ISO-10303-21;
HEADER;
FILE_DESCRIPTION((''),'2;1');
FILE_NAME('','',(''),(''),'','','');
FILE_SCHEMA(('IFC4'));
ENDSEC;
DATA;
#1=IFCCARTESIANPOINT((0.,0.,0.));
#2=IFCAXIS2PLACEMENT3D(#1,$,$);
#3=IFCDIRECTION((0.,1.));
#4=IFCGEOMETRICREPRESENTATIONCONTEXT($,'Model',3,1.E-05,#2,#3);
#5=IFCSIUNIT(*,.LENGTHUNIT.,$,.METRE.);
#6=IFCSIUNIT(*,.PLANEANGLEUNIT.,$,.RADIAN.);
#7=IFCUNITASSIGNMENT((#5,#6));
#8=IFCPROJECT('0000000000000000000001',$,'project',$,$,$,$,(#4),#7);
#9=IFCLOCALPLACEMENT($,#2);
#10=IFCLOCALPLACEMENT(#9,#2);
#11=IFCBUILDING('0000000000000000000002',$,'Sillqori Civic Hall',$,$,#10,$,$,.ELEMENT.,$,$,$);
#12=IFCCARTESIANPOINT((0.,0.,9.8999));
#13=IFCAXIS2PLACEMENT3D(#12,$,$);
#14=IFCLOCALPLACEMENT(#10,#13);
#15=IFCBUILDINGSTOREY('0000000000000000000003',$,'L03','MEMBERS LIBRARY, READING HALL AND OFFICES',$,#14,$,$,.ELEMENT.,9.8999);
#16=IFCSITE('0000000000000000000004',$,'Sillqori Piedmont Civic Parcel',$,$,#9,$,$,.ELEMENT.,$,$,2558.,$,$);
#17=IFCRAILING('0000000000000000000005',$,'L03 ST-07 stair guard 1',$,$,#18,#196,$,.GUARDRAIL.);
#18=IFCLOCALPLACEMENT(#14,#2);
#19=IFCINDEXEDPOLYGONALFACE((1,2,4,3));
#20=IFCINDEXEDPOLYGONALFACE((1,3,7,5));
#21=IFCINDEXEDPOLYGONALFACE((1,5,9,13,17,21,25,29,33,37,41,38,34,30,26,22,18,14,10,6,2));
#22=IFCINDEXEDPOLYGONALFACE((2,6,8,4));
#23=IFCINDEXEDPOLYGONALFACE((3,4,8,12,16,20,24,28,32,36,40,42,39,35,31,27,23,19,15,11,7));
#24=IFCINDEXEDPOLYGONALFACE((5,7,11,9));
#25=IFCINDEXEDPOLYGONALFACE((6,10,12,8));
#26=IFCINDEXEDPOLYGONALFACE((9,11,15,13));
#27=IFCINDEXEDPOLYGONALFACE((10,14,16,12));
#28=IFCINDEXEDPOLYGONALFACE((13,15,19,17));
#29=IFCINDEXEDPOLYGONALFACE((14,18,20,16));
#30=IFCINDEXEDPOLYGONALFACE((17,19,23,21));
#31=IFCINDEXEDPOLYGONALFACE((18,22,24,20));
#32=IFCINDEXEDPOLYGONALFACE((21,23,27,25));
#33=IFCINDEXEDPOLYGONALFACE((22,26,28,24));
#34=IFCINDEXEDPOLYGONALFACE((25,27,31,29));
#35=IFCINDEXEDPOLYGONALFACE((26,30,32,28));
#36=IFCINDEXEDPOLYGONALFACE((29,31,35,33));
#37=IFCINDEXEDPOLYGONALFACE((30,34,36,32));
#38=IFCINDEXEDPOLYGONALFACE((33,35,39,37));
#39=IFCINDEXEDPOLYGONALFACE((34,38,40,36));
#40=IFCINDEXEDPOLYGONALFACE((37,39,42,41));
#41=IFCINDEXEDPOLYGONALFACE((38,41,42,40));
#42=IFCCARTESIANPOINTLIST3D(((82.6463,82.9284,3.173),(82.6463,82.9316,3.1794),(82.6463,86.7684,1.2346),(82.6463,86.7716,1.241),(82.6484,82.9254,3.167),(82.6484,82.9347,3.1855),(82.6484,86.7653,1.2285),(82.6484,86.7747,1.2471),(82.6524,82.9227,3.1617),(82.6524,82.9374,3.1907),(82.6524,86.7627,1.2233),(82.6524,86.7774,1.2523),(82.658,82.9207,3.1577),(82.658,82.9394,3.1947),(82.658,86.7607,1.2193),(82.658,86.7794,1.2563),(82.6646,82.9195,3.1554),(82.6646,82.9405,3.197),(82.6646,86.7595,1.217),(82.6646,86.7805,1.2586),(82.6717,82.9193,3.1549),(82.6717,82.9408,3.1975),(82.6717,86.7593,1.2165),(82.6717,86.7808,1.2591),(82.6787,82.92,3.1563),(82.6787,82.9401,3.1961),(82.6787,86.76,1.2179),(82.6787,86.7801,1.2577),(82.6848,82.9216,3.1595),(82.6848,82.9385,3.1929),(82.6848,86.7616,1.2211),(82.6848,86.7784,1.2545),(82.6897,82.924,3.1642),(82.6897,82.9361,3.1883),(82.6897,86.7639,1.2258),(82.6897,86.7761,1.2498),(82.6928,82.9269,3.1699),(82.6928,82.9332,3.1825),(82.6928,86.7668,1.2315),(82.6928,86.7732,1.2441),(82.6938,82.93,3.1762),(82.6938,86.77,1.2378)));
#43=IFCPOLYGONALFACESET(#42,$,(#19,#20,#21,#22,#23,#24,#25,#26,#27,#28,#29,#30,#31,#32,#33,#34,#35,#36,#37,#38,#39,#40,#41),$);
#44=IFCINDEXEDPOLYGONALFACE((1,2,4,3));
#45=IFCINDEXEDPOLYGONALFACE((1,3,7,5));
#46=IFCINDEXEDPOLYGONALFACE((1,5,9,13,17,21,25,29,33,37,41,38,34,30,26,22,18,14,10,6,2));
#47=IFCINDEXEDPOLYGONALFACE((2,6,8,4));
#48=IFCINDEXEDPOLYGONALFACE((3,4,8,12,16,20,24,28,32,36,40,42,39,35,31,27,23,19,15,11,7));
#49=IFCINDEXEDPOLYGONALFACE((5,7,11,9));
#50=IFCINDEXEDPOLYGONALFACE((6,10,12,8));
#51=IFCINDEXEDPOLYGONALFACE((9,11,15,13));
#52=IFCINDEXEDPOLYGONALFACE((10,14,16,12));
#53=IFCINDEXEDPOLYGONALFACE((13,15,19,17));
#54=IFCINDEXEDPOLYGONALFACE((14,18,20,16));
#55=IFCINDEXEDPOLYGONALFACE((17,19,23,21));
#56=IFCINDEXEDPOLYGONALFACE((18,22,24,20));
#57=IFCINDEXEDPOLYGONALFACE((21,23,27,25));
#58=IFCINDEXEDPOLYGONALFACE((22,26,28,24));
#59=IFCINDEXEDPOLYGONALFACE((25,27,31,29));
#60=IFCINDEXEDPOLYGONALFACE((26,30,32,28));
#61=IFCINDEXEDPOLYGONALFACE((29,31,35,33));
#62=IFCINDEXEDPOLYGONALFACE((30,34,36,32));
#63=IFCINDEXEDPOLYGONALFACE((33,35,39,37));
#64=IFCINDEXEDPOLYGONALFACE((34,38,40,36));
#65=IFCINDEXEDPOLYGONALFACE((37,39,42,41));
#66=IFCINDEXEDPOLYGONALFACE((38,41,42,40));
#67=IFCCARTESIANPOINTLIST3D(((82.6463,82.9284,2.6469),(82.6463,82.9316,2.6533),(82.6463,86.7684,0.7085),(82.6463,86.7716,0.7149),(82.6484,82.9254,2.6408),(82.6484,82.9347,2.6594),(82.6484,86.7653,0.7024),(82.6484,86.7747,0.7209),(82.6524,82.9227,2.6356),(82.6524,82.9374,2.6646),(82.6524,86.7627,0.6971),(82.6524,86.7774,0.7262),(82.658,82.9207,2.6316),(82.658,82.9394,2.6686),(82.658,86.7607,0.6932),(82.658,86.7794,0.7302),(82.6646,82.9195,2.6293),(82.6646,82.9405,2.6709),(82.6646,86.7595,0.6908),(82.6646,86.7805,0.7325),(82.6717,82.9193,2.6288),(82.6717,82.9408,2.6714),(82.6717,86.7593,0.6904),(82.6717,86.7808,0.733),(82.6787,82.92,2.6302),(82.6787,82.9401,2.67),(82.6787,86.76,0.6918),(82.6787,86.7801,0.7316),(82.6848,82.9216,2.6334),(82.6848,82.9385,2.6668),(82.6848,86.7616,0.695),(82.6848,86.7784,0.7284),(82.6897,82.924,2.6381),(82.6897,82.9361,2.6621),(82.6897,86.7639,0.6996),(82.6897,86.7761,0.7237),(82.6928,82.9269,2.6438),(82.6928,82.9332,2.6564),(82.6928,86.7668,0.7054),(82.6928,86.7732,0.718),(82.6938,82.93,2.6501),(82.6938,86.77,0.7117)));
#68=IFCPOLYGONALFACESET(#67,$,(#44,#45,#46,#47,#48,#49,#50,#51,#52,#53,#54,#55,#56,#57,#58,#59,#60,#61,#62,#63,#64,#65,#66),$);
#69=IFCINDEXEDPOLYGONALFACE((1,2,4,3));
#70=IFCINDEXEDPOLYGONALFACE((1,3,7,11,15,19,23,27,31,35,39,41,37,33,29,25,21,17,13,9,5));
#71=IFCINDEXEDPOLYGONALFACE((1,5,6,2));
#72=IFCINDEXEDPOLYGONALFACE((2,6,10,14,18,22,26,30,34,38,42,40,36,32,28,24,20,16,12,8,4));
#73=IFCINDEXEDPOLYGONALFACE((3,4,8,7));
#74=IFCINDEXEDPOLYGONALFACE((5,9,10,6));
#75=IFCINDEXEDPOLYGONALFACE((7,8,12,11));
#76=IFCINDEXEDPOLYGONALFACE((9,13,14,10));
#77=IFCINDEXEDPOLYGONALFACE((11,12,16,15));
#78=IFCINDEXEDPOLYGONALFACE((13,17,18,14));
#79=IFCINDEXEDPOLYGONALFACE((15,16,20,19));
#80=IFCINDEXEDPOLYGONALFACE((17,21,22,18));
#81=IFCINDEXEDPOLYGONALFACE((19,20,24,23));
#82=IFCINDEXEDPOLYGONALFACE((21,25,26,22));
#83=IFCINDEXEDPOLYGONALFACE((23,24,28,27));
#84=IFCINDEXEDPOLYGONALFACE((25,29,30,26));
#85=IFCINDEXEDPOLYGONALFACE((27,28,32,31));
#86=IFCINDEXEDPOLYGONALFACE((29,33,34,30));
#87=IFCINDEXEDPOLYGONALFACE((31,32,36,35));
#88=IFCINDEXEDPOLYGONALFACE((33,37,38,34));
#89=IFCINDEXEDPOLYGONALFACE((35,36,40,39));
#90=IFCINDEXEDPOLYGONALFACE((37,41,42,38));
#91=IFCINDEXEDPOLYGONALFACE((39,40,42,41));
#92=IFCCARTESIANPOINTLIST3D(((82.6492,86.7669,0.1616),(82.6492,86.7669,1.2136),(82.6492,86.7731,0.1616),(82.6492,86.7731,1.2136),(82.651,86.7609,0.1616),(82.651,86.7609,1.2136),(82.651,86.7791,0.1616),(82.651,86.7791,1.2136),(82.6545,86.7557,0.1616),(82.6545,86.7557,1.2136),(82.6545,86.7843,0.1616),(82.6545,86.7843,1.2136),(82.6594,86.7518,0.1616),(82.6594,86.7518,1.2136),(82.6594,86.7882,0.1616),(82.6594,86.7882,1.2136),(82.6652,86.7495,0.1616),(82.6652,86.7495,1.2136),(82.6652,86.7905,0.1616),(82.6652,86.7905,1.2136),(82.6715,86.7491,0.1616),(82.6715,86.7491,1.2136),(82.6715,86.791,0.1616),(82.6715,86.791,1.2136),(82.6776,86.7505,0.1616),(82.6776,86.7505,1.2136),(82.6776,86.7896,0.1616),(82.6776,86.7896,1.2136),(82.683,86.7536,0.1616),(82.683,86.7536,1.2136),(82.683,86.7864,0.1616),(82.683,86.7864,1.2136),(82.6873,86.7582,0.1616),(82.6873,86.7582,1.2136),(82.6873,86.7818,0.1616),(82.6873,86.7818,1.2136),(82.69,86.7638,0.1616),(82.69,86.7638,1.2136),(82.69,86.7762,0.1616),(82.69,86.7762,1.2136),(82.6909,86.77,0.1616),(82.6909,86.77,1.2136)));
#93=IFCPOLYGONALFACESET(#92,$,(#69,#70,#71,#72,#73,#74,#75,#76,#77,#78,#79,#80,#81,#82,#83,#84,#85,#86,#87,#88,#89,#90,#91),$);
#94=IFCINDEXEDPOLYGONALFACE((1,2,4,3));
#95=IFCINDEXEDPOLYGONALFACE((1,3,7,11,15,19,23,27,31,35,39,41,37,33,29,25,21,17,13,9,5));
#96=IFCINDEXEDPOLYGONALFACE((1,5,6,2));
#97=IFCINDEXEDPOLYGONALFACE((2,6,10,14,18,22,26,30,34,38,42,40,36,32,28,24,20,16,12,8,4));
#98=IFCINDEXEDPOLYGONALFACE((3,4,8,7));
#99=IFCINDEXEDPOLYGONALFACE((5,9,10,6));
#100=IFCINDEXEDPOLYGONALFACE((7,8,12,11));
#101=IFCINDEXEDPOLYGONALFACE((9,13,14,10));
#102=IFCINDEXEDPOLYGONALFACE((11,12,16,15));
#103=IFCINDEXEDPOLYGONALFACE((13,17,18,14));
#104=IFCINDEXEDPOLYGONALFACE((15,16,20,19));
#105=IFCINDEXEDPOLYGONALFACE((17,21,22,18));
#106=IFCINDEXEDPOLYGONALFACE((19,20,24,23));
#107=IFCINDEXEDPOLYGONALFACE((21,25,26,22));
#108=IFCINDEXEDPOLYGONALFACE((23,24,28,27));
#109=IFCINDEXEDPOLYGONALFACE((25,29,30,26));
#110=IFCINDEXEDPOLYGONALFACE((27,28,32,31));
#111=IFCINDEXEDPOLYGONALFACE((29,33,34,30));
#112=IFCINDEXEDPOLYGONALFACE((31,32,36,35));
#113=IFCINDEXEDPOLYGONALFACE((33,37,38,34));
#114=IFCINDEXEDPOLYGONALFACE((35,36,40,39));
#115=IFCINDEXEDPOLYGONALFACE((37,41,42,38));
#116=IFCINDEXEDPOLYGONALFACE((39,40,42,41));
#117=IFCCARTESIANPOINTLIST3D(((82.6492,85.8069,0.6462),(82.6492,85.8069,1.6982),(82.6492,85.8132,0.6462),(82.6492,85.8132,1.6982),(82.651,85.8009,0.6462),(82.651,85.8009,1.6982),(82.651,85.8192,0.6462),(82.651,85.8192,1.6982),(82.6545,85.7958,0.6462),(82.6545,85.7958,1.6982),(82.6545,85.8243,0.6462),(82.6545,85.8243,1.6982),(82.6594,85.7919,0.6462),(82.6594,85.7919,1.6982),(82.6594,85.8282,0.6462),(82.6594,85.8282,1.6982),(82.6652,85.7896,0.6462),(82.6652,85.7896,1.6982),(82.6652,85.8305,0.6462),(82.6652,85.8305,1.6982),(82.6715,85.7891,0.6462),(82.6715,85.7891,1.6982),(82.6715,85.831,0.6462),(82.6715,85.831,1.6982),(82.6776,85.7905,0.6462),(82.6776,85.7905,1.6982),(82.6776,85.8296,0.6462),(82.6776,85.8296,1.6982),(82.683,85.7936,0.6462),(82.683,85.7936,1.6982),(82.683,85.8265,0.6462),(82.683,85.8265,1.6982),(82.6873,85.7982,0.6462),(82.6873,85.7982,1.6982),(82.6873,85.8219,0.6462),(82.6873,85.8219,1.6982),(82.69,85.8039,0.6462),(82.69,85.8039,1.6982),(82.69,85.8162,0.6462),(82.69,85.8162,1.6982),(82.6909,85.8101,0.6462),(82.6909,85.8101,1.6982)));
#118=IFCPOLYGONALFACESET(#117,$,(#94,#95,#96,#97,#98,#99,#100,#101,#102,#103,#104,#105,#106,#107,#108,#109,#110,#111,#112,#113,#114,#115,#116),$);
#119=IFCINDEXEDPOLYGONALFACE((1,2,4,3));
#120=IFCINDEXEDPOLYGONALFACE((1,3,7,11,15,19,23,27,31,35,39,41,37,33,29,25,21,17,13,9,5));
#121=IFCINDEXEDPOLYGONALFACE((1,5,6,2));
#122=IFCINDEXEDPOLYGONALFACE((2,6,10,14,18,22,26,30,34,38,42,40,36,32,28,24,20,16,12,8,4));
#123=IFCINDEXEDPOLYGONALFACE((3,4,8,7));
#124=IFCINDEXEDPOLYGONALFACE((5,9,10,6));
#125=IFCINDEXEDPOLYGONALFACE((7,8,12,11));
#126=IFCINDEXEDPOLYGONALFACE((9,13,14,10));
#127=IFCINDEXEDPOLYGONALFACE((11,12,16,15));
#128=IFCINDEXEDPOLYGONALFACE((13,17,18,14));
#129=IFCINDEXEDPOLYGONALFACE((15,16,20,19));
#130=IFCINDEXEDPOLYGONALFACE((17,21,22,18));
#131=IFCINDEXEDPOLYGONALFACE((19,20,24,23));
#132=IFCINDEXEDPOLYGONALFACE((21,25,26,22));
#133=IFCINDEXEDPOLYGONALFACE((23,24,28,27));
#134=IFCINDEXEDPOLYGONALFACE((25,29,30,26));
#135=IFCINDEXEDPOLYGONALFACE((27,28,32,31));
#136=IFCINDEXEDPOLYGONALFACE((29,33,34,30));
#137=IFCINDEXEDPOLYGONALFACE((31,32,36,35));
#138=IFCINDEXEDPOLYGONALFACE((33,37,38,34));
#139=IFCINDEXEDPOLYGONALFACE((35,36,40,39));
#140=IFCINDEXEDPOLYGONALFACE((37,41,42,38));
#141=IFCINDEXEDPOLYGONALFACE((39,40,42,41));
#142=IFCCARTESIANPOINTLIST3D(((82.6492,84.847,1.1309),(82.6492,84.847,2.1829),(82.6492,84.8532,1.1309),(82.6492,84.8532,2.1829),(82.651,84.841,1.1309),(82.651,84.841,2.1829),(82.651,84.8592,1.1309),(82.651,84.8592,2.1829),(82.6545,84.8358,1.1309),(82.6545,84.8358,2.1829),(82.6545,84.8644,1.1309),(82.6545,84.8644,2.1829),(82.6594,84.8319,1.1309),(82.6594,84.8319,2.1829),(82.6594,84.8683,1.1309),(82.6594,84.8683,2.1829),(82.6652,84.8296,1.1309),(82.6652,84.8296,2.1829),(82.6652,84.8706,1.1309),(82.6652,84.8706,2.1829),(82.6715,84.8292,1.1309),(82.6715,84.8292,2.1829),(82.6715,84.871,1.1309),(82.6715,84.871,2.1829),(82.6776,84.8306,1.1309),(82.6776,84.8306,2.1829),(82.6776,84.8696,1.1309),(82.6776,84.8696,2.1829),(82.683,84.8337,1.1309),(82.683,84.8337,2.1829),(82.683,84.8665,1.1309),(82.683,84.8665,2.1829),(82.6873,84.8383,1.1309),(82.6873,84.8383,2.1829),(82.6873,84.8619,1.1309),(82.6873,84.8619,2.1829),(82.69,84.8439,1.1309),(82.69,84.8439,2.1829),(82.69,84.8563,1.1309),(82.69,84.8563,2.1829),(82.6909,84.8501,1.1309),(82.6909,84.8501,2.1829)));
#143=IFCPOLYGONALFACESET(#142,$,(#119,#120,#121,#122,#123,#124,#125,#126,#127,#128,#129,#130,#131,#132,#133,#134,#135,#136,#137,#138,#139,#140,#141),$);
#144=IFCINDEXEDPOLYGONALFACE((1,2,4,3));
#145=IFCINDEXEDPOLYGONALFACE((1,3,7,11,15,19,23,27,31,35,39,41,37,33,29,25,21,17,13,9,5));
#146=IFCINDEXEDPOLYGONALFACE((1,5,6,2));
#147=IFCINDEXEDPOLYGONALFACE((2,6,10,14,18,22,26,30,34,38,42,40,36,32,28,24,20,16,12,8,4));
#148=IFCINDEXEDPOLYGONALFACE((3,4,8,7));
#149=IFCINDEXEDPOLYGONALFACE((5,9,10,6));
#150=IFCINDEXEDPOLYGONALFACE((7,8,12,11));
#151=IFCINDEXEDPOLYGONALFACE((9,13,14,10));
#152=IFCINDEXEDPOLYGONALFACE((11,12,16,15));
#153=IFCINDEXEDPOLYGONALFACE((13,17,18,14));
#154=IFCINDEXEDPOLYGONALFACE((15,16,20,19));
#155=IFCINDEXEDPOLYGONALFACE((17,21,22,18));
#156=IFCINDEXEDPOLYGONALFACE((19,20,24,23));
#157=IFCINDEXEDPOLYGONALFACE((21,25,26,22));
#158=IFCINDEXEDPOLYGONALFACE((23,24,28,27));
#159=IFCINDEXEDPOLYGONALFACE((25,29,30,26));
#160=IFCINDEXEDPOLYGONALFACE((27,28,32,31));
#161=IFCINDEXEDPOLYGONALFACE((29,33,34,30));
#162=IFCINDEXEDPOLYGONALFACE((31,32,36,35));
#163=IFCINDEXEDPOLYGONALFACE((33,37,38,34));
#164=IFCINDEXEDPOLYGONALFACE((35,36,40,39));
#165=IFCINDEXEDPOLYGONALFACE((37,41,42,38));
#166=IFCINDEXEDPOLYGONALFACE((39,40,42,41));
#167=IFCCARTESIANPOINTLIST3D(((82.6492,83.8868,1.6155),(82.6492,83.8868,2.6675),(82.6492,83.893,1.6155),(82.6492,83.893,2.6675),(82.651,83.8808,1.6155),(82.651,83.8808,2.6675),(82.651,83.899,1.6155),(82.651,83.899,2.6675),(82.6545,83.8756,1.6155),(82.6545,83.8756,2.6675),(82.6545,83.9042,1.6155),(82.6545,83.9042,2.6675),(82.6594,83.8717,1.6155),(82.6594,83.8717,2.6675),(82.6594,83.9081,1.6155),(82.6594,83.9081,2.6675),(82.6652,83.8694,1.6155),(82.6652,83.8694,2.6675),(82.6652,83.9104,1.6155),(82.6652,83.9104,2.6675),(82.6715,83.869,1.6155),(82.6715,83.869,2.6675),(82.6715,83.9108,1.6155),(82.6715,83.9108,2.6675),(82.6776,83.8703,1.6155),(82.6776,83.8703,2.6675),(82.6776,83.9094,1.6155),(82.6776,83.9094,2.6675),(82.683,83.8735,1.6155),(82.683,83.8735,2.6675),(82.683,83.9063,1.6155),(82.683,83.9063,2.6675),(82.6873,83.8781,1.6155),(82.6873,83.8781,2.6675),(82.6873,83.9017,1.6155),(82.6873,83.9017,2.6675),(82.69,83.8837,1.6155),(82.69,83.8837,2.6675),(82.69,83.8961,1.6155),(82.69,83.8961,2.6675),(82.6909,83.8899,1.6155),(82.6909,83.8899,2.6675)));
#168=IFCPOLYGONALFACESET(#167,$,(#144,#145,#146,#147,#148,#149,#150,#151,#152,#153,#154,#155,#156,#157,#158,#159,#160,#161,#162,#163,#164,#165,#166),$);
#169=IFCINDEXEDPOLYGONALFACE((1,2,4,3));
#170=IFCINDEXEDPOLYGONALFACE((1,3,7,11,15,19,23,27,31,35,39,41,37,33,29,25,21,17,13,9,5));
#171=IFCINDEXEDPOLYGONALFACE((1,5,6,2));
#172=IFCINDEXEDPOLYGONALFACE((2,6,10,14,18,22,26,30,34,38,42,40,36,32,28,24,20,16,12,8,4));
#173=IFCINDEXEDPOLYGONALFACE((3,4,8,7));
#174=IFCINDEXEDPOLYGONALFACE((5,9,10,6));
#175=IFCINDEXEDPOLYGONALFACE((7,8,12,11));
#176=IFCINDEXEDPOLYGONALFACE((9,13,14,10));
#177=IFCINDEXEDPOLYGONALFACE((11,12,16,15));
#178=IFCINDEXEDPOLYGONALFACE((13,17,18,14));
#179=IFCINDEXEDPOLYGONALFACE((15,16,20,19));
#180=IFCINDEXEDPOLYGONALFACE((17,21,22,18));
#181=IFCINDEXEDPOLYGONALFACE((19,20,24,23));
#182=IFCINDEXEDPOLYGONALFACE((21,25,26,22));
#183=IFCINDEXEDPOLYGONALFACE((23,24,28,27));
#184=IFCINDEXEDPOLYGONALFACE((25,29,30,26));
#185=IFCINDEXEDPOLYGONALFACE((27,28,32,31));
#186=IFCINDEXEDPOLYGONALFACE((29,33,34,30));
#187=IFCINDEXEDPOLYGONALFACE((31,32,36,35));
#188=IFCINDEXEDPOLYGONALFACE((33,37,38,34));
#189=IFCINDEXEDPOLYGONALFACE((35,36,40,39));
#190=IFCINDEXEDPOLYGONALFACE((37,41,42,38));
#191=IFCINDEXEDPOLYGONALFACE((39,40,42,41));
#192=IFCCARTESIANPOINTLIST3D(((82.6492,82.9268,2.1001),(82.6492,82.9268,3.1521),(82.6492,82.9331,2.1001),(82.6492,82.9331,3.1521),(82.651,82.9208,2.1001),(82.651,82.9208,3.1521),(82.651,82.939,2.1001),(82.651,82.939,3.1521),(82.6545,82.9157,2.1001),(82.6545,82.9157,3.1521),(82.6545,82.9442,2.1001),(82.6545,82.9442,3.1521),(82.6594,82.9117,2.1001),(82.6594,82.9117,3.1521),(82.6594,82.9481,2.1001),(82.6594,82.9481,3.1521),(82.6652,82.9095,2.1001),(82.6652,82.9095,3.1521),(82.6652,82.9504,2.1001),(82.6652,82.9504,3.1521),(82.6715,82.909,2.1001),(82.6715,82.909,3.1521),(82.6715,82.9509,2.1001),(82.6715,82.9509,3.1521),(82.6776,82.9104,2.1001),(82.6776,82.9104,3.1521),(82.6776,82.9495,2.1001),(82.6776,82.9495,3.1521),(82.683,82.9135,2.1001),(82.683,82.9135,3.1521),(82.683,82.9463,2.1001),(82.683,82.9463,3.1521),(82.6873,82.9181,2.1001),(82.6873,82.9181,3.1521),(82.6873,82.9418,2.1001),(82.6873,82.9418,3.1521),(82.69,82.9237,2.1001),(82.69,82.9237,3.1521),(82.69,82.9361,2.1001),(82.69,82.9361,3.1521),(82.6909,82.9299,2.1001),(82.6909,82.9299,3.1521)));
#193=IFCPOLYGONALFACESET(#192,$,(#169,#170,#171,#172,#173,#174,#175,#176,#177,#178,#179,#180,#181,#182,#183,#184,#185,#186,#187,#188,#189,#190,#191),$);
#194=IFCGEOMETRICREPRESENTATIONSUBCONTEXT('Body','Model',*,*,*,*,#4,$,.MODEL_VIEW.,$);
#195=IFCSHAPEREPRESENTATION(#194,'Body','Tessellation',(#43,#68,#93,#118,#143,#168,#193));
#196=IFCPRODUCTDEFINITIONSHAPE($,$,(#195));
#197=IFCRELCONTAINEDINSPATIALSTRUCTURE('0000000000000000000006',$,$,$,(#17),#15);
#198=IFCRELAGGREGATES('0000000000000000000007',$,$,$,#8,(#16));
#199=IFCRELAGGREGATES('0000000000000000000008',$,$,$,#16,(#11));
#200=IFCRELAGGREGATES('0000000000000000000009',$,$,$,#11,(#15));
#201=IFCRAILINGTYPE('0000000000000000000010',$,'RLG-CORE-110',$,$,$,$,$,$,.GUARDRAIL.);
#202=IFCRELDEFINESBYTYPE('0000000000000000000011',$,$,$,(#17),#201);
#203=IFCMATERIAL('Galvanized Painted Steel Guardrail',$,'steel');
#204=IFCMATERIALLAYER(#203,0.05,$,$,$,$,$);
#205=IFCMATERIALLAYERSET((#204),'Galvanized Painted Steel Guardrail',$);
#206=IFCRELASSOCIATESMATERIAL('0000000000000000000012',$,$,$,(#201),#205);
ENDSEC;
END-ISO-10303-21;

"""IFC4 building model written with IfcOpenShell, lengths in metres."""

from ifc_helpers import new_model, si_unit, direction, frame, origin, origin_2d, place, context, subcontext, project, spatial, circle, extrude, material, layer, layer_set, type_object, element, save


model = new_model("IFC4")

# Units and contexts
model_context = context("Model", 3, precision=1e-05, world=origin(), true_north=direction((0.0, 1.0)))
body_context = subcontext(model_context, "Body", "Model", "MODEL_VIEW")
ifc_project = project(units=[si_unit("LENGTHUNIT", "METRE"), si_unit("PLANEANGLEUNIT", "RADIAN")], contexts=[model_context])

# Site, building, storey
site_placement = place(None, origin())
site = spatial("IfcSite", under=ifc_project, at=site_placement, Name="Sillqori Piedmont Civic Parcel", CompositionType="ELEMENT", RefElevation=2558.0)
building_placement = place(site_placement, origin())
building = spatial("IfcBuilding", under=site, at=building_placement, Name="Sillqori Civic Hall", CompositionType="ELEMENT")
storey_placement = place(building_placement, frame((0.0, 0.0, 9.8999)))
storey = spatial("IfcBuildingStorey", under=building, at=storey_placement, Name="L03", Description="MEMBERS LIBRARY, READING HALL AND OFFICES", CompositionType="ELEMENT", Elevation=9.8999)

# Railing
ifc_material_1 = material(Name="Galvanized Painted Steel Guardrail", Category="steel")
ifc_layer_1 = layer(ifc_material_1, 0.05)
ifc_layer_set_1 = layer_set([ifc_layer_1], Name="Galvanized Painted Steel Guardrail")
railing_type_1 = type_object("IfcRailingType", Name="RLG-CORE-110", PredefinedType="GUARDRAIL", material=ifc_layer_set_1)
railing_1_placement = place(storey_placement, frame((82.6699, 86.77, 0.1616)))
element("IfcRailing", 1, at=railing_1_placement, inside=storey, type_object=railing_type_1, Name="L03 ST-07 stair guard 1", PredefinedType="GUARDRAIL", context=body_context, shape_type="SweptSolid", body=[
    extrude(circle(Radius=0.0239, at=origin_2d()), frame((0.0, 0.0, 1.0762), z_axis=(0.0, -0.892707, 0.450638), x_axis=(1.0, 0.0, 0.0)), (0.0, 0.0, 1.0), 4.3015),
    extrude(circle(Radius=0.0239, at=origin_2d()), frame((0.0, 0.0, 0.55), z_axis=(0.0, -0.892707, 0.450638), x_axis=(1.0, 0.0, 0.0)), (0.0, 0.0, 1.0), 4.3015),
    extrude(circle(Radius=0.021, at=origin_2d()), origin(), (0.0, 0.0, 1.0), 1.052),
    extrude(circle(Radius=0.021, at=origin_2d()), frame((0.0, -0.96, 0.4846)), (0.0, 0.0, 1.0), 1.052),
    extrude(circle(Radius=0.021, at=origin_2d()), frame((0.0, -1.9199, 0.9692)), (0.0, 0.0, 1.0), 1.052),
    extrude(circle(Radius=0.021, at=origin_2d()), frame((0.0, -2.8801, 1.4539)), (0.0, 0.0, 1.0), 1.052),
    extrude(circle(Radius=0.021, at=origin_2d()), frame((0.0, -3.8401, 1.9385)), (0.0, 0.0, 1.0), 1.052),
])

save(model, "model.ifc")
